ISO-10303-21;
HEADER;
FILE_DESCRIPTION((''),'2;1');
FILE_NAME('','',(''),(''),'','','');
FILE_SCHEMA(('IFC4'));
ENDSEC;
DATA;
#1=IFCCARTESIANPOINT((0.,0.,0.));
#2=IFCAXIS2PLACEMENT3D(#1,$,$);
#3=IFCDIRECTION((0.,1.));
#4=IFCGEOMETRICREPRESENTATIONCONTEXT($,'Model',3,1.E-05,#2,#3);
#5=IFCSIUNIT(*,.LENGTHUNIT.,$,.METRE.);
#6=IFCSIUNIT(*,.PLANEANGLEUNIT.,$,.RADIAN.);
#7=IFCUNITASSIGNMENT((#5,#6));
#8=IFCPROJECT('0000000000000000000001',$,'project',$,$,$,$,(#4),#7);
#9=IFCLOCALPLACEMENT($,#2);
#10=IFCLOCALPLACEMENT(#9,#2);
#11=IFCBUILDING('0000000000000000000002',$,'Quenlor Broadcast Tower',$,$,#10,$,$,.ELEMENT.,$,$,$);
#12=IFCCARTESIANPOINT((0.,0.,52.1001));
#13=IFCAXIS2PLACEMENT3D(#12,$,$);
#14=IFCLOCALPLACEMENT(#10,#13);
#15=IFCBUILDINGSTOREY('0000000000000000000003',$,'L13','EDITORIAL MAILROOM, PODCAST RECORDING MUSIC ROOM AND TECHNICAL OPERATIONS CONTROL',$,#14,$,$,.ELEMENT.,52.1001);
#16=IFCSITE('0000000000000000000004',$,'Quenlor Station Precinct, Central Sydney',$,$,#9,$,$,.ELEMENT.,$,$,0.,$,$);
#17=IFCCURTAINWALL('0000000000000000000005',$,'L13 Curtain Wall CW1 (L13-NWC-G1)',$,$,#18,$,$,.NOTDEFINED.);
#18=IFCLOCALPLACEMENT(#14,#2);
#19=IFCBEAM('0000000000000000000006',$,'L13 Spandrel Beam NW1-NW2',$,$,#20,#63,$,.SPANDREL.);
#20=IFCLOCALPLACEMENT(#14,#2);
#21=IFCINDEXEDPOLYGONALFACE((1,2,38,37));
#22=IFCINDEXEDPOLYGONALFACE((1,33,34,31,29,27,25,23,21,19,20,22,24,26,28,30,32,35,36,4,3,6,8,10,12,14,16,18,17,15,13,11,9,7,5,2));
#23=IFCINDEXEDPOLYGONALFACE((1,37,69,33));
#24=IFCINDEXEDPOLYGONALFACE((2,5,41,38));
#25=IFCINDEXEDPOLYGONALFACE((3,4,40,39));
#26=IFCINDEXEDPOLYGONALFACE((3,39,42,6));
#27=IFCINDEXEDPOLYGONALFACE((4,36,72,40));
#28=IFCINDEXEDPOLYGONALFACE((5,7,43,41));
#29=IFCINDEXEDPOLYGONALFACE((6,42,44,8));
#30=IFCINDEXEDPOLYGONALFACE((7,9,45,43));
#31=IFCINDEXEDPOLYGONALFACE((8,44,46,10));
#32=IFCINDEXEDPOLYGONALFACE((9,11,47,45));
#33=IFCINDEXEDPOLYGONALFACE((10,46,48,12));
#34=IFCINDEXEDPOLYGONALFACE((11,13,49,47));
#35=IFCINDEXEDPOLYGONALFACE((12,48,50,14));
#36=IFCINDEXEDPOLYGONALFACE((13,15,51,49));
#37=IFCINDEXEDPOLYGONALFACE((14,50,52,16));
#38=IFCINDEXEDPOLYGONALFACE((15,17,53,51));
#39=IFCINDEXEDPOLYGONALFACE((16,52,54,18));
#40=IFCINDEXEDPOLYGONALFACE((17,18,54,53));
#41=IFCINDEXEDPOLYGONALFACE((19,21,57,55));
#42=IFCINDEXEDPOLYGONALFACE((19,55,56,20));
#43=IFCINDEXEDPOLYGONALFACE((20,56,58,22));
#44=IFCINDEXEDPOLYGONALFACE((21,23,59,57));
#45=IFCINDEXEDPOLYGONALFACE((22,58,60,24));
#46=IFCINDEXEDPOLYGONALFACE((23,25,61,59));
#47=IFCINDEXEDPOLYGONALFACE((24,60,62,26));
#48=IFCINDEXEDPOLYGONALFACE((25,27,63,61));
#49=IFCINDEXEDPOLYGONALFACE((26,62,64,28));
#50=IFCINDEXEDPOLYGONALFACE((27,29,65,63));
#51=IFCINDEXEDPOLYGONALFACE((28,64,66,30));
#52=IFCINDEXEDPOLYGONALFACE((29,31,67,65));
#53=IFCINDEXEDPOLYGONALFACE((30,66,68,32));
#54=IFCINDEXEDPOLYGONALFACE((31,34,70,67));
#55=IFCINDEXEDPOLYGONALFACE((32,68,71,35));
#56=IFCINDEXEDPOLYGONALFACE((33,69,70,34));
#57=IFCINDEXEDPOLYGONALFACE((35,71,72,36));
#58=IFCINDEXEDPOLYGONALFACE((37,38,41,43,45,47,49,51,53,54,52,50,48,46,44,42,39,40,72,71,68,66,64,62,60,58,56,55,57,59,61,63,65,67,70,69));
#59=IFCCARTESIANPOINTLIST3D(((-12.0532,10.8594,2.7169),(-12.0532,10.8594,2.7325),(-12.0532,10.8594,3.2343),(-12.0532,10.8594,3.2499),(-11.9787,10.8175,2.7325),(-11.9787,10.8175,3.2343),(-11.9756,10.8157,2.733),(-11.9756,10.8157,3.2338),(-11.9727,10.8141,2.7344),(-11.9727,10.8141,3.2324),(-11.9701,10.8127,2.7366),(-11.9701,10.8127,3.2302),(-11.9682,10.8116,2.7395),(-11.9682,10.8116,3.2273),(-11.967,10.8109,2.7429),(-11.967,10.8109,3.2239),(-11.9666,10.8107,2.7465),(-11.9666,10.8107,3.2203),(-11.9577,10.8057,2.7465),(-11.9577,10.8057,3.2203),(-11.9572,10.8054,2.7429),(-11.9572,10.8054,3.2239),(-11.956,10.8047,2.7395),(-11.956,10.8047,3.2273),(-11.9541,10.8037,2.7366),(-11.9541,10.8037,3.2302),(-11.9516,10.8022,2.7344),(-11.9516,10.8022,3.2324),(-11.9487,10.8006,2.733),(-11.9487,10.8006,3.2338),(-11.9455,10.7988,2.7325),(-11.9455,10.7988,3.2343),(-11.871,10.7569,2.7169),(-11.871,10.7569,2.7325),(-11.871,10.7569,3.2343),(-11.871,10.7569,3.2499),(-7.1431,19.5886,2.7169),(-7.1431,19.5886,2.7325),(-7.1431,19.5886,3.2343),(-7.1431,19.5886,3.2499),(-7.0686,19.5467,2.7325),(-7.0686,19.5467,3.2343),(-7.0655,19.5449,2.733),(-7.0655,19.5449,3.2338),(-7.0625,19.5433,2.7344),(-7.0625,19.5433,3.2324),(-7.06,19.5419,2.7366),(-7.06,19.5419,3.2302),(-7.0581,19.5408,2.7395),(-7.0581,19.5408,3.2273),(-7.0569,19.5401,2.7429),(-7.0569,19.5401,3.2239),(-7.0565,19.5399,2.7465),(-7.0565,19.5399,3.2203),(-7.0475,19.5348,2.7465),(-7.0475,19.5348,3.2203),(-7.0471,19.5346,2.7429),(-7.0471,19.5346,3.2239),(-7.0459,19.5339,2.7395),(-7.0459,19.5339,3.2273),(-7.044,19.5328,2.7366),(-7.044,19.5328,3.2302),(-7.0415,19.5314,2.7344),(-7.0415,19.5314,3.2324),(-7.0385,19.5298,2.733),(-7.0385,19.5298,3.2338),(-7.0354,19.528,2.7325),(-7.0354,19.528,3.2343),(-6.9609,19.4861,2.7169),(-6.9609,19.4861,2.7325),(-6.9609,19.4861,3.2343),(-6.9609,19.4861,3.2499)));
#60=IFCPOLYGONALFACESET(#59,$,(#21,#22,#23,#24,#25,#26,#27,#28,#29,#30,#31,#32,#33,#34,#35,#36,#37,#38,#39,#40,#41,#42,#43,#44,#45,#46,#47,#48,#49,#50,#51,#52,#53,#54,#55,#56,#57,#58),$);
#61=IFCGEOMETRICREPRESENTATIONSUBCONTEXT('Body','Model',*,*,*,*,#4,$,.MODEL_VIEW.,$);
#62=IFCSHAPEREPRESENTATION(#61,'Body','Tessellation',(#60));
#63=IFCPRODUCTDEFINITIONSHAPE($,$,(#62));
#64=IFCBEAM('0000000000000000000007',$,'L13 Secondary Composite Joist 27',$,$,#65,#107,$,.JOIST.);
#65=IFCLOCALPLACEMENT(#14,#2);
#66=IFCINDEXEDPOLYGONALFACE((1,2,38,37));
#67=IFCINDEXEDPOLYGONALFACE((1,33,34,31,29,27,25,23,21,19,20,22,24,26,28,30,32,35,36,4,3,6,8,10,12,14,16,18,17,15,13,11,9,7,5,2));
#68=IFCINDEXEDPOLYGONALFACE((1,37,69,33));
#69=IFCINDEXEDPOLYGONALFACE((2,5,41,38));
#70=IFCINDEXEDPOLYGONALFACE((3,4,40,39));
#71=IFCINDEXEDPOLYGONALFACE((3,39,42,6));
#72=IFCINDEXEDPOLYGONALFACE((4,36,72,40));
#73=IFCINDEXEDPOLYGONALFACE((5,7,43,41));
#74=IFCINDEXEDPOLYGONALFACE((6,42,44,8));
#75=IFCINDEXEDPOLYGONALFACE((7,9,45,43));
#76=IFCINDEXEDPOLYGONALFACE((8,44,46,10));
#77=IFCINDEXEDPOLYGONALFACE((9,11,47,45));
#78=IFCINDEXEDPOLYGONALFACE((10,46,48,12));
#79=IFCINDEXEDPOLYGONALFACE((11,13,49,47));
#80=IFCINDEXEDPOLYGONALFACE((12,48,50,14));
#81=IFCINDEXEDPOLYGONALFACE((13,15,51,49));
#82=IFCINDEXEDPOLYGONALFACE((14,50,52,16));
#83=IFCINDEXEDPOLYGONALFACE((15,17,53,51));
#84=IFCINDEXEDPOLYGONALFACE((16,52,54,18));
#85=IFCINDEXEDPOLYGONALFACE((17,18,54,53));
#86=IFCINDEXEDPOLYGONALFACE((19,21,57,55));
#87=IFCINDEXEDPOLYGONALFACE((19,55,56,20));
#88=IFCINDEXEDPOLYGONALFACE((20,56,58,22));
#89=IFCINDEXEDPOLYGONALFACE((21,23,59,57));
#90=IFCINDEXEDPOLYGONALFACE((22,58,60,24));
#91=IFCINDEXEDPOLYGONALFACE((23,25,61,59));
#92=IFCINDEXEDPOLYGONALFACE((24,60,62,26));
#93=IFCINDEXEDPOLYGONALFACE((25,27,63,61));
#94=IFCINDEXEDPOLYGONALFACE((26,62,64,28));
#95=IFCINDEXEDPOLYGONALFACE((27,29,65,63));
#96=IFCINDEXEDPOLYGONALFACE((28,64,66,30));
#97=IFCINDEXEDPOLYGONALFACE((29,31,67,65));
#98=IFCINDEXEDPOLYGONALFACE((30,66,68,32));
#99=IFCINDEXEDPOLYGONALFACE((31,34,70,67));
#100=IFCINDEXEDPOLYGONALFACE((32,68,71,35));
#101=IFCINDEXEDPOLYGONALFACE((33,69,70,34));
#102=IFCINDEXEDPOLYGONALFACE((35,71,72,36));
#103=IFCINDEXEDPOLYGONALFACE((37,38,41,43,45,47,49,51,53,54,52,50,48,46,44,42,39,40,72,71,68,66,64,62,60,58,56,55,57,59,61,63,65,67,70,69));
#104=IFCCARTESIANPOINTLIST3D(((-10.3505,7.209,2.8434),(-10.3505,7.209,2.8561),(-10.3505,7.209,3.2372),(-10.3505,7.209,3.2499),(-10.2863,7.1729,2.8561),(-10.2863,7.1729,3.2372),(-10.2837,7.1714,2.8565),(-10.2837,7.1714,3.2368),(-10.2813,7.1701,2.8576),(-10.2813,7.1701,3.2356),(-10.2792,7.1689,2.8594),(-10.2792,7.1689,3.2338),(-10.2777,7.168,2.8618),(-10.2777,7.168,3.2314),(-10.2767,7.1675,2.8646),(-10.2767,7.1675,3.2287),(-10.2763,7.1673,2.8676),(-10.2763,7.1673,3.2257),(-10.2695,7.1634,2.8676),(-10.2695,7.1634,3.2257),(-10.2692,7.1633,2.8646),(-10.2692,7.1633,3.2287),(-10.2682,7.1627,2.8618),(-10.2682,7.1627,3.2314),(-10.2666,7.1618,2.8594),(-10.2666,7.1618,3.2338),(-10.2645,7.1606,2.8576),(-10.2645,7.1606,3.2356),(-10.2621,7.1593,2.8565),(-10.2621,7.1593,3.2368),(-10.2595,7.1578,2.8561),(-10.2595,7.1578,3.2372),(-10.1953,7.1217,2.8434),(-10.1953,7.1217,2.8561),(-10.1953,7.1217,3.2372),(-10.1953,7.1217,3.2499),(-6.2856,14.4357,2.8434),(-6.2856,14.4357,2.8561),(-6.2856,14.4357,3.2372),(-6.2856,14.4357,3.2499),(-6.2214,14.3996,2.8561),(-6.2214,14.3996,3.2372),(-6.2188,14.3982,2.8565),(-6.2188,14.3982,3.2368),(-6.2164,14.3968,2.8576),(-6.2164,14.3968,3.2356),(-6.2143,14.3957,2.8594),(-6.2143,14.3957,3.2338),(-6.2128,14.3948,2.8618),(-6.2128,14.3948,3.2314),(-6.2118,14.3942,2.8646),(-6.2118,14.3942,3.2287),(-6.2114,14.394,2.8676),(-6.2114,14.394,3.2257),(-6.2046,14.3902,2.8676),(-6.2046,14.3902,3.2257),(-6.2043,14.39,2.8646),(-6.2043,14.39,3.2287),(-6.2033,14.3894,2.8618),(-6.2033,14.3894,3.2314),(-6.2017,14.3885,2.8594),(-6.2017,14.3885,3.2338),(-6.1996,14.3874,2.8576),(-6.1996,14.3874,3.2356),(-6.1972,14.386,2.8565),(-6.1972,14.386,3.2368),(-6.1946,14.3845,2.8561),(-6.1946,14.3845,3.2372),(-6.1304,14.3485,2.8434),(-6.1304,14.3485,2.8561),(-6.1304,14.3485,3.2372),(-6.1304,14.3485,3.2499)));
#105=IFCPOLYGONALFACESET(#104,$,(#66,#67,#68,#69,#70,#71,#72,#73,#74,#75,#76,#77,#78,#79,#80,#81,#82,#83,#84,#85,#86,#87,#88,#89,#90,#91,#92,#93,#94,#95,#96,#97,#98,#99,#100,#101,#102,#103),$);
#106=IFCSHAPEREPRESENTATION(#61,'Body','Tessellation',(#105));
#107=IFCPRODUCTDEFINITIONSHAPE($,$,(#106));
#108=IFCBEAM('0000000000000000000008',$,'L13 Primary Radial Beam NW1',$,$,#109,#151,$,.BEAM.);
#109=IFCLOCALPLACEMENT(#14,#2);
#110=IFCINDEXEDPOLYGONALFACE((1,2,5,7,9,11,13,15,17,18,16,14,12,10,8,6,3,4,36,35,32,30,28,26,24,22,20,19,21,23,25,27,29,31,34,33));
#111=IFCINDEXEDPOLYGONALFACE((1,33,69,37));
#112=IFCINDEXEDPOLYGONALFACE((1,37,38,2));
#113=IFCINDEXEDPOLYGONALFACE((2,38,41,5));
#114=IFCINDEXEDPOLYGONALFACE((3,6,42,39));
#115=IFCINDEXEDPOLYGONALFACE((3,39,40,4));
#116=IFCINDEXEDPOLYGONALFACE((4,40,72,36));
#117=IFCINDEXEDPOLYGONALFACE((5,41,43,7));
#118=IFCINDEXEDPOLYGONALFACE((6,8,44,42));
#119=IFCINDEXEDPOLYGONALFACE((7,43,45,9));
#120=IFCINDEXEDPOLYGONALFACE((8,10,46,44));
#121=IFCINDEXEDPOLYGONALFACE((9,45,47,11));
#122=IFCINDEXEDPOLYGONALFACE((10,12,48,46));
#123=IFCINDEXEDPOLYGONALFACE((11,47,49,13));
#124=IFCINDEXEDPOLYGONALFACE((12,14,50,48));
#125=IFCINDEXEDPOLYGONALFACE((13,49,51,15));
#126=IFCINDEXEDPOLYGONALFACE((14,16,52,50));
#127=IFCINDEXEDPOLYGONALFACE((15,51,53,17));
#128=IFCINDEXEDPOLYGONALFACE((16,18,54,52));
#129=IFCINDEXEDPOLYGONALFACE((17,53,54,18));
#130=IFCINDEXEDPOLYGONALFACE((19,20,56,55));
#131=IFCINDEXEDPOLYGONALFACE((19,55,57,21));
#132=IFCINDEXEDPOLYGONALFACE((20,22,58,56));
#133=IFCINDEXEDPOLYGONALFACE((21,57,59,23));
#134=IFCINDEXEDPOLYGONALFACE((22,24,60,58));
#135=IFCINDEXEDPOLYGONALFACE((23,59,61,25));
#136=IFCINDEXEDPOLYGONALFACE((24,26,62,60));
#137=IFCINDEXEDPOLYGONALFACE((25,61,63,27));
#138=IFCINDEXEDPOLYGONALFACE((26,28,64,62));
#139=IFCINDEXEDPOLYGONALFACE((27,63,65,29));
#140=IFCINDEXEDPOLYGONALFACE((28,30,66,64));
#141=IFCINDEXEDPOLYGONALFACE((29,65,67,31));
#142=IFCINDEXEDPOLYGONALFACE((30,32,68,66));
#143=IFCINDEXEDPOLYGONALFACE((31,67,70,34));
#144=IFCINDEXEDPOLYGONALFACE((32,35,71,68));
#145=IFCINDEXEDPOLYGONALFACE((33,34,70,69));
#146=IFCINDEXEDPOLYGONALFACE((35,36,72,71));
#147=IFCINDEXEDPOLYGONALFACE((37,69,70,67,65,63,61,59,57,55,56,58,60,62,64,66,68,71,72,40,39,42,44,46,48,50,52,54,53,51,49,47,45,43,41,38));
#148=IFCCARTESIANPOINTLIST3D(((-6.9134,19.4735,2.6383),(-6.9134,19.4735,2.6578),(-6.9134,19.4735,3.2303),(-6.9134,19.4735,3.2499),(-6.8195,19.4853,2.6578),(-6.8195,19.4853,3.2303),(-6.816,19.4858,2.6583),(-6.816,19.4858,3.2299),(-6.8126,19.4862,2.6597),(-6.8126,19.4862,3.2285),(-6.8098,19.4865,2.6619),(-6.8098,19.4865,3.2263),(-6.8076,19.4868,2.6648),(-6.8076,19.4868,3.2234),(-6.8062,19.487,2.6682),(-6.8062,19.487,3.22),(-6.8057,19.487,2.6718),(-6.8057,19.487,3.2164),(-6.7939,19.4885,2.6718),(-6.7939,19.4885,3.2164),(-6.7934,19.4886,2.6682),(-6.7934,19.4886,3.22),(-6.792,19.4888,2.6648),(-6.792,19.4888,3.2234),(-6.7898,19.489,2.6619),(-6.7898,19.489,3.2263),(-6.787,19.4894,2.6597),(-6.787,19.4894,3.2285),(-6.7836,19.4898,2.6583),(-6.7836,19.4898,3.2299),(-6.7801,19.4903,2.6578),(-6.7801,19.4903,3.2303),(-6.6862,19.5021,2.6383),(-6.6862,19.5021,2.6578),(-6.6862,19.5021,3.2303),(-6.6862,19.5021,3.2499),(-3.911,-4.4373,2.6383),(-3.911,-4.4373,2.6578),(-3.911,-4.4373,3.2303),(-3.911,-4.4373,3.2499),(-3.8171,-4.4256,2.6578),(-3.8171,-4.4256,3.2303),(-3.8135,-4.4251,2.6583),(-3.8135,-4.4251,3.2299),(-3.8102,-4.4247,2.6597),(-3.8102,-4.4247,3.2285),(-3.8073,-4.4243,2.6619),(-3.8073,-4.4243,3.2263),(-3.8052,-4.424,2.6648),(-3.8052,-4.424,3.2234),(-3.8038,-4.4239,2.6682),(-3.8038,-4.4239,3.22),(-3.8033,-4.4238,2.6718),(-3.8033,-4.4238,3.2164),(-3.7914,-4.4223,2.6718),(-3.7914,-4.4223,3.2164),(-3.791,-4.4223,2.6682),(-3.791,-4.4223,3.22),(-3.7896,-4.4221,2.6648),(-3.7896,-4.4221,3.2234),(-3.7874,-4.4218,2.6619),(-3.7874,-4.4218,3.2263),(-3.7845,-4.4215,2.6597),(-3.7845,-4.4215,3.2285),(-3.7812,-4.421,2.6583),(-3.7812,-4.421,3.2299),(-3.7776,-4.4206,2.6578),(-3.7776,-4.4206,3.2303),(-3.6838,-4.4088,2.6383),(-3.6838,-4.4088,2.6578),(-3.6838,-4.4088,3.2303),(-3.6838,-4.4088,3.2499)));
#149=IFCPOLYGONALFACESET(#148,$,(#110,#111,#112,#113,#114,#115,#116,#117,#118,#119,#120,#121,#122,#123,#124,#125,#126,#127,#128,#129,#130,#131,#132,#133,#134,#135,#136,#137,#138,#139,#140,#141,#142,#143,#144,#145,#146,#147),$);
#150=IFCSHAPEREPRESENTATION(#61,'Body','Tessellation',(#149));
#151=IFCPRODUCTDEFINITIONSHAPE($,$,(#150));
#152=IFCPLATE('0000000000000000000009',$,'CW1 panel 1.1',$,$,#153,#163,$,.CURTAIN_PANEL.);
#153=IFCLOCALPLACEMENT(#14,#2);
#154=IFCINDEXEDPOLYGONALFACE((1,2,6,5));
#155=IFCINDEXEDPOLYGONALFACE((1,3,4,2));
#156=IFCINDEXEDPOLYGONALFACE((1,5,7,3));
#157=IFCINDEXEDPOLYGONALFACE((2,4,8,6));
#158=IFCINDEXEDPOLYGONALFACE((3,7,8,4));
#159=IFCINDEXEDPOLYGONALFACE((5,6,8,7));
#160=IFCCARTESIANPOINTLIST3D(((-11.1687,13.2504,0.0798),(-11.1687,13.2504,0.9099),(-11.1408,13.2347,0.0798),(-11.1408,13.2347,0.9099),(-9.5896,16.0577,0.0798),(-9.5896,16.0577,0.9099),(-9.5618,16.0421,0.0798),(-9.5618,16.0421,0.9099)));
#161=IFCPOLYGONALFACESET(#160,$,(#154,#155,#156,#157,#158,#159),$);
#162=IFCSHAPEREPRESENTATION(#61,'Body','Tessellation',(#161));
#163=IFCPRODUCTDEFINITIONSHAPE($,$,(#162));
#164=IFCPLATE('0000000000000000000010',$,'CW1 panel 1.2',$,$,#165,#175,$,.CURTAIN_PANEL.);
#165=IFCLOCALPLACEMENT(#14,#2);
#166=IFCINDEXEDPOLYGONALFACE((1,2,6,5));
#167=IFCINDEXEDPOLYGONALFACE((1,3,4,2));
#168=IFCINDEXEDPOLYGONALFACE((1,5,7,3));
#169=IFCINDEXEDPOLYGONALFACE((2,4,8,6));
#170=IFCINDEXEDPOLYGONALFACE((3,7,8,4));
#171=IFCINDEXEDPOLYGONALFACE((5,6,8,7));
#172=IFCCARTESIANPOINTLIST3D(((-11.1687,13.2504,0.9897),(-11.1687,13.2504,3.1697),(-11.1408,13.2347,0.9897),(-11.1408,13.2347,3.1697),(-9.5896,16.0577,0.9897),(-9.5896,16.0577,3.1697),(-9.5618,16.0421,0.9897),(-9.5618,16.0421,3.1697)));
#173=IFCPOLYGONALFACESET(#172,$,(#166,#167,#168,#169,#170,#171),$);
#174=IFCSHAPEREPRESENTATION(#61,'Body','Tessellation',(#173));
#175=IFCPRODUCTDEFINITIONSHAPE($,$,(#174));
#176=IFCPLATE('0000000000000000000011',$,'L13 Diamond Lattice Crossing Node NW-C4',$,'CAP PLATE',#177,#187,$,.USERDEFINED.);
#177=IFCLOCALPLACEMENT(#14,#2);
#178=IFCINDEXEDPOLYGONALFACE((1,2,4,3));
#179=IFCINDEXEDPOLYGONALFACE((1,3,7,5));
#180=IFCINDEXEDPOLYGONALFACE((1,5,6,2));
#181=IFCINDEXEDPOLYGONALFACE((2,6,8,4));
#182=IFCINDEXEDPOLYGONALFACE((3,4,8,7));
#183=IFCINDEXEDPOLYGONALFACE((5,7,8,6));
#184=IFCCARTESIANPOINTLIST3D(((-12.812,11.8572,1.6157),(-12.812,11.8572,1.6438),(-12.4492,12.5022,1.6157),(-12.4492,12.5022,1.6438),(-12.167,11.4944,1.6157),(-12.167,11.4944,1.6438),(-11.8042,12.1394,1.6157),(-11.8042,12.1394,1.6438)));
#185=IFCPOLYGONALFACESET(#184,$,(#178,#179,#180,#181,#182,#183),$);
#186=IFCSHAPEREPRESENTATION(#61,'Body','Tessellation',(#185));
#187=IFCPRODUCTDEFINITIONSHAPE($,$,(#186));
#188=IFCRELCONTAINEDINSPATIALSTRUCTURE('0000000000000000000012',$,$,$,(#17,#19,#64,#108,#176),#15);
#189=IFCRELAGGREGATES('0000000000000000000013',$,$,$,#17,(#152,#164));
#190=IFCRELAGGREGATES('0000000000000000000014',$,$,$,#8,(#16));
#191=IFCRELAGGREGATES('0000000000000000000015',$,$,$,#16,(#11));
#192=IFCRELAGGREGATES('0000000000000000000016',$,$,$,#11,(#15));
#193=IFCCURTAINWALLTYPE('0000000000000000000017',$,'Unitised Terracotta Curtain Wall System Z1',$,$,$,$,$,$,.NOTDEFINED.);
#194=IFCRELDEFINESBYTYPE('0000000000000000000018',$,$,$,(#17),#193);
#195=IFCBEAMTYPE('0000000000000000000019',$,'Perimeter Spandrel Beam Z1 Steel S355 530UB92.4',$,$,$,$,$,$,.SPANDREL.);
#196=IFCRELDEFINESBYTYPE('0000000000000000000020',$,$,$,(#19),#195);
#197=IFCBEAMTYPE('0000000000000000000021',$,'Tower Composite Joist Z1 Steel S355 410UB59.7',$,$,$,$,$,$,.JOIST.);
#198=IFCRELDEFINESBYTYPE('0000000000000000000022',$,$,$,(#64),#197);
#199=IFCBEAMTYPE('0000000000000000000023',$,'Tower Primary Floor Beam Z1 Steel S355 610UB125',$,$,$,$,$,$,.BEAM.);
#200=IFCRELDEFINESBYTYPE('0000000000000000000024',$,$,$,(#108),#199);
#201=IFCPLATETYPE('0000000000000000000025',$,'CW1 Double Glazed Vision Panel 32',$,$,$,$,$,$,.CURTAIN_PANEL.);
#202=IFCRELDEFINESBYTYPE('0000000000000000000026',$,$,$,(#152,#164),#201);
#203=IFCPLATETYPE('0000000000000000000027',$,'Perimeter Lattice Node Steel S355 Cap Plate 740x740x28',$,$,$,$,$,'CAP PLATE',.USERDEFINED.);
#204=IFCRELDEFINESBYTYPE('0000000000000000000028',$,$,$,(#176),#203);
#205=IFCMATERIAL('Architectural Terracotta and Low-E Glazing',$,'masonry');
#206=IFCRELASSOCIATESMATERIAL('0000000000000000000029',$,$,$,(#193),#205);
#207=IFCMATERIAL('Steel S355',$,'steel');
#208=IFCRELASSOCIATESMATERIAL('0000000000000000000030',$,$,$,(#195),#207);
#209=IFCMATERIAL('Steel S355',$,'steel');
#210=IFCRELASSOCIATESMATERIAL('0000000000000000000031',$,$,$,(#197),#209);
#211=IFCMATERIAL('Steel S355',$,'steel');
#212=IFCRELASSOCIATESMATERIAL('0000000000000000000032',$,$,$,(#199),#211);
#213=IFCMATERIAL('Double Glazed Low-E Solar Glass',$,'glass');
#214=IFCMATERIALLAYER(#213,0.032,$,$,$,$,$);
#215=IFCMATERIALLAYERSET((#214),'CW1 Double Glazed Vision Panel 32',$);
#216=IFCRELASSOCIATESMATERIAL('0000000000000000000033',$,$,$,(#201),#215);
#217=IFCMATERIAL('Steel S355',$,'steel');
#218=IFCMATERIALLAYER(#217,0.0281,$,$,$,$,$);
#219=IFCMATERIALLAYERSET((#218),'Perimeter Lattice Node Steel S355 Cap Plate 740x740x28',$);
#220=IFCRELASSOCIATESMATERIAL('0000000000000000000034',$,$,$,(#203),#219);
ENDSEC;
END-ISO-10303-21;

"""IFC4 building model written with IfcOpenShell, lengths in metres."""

from ifc_helpers import new_model, si_unit, direction, frame, origin, origin_2d, place, context, subcontext, project, spatial, rectangle, i_section, extrude, material, layer, layer_set, material_profile, profile_set, type_object, element, aggregate, save


model = new_model("IFC4")

# Units and contexts
model_context = context("Model", 3, precision=1e-05, world=origin(), true_north=direction((0.0, 1.0)))
body_context = subcontext(model_context, "Body", "Model", "MODEL_VIEW")
ifc_project = project(units=[si_unit("LENGTHUNIT", "METRE"), si_unit("PLANEANGLEUNIT", "RADIAN")], contexts=[model_context])

# Site, building, storey
site_placement = place(None, origin())
site = spatial("IfcSite", under=ifc_project, at=site_placement, Name="Quenlor Station Precinct, Central Sydney", CompositionType="ELEMENT", RefElevation=0.0)
building_placement = place(site_placement, origin())
building = spatial("IfcBuilding", under=site, at=building_placement, Name="Quenlor Broadcast Tower", CompositionType="ELEMENT")
storey_placement = place(building_placement, frame((0.0, 0.0, 52.1001)))
storey = spatial("IfcBuildingStorey", under=building, at=storey_placement, Name="L13", Description="EDITORIAL MAILROOM, PODCAST RECORDING MUSIC ROOM AND TECHNICAL OPERATIONS CONTROL", CompositionType="ELEMENT", Elevation=52.1001)

# Curtain wall
ifc_material_1 = material(Name="Architectural Terracotta and Low-E Glazing", Category="masonry")
curtain_wall_type = type_object("IfcCurtainWallType", Name="Unitised Terracotta Curtain Wall System Z1", PredefinedType="NOTDEFINED", material=ifc_material_1)
curtain_wall_placement = place(storey_placement, origin())
curtain_wall = element("IfcCurtainWall", 1, at=curtain_wall_placement, inside=storey, type_object=curtain_wall_type, Name="L13 Curtain Wall CW1 (L13-NWC-G1)", PredefinedType="NOTDEFINED")

# Beams
ifc_material_2 = material(Name="Steel S355", Category="steel")
ifc_material_profile_1 = material_profile(ifc_material_2, i_section(OverallWidth=0.209, OverallDepth=0.533, WebThickness=0.0103, FlangeThickness=0.0156, FilletRadius=0.0139, at=origin_2d()))
ifc_profile_set_1 = profile_set([ifc_material_profile_1], Name="Steel S355 530UB92.4")
beam_type_1 = type_object("IfcBeamType", Name="Perimeter Spandrel Beam Z1 Steel S355 530UB92.4", PredefinedType="SPANDREL", material=ifc_profile_set_1)
beam_1_placement = place(storey_placement, frame((-7.052, 19.5374, 2.9834), z_axis=(-0.490258, -0.871577, 0.0), x_axis=(0.871577, -0.490258, 0.0)))
element("IfcBeam", 2, at=beam_1_placement, inside=storey, type_object=beam_type_1, Name="L13 Spandrel Beam NW1-NW2", PredefinedType="SPANDREL", context=body_context, shape_type="SweptSolid", body=[
    extrude(i_section(OverallWidth=0.209, OverallDepth=0.533, WebThickness=0.0103, FlangeThickness=0.0156, FilletRadius=0.0139, at=origin_2d()), origin(), (0.0, 0.0, 1.0), 10.0154),
])
ifc_material_3 = material(Name="Steel S355", Category="steel")
ifc_material_profile_2 = material_profile(ifc_material_3, i_section(OverallWidth=0.178, OverallDepth=0.4065, WebThickness=0.0078, FlangeThickness=0.0127, FilletRadius=0.0115, at=origin_2d()))
ifc_profile_set_2 = profile_set([ifc_material_profile_2], Name="Steel S355 410UB59.7")
beam_type_2 = type_object("IfcBeamType", Name="Tower Composite Joist Z1 Steel S355 410UB59.7", PredefinedType="JOIST", material=ifc_profile_set_2)
beam_2_placement = place(storey_placement, frame((-6.208, 14.3921, 3.0466), z_axis=(-0.490249, -0.871583, 0.0), x_axis=(0.871583, -0.490249, 0.0)))
element("IfcBeam", 3, at=beam_2_placement, inside=storey, type_object=beam_type_2, Name="L13 Secondary Composite Joist 27", PredefinedType="JOIST", context=body_context, shape_type="SweptSolid", body=[
    extrude(i_section(OverallWidth=0.178, OverallDepth=0.4065, WebThickness=0.0078, FlangeThickness=0.0127, FilletRadius=0.0115, at=origin_2d()), origin(), (0.0, 0.0, 1.0), 8.2915),
])
ifc_material_4 = material(Name="Steel S355", Category="steel")
ifc_material_profile_3 = material_profile(ifc_material_4, i_section(OverallWidth=0.229, OverallDepth=0.6116, WebThickness=0.012, FlangeThickness=0.0195, FilletRadius=0.0139, at=origin_2d()))
ifc_profile_set_3 = profile_set([ifc_material_profile_3], Name="Steel S355 610UB125")
beam_type_3 = type_object("IfcBeamType", Name="Tower Primary Floor Beam Z1 Steel S355 610UB125", PredefinedType="BEAM", material=ifc_profile_set_3)
beam_3_placement = place(storey_placement, frame((-6.7998, 19.4878, 2.9441), z_axis=(0.12459, -0.992208, 0.0), x_axis=(0.992208, 0.12459, 0.0)))
element("IfcBeam", 4, at=beam_3_placement, inside=storey, type_object=beam_type_3, Name="L13 Primary Radial Beam NW1", PredefinedType="BEAM", context=body_context, shape_type="SweptSolid", body=[
    extrude(i_section(OverallWidth=0.229, OverallDepth=0.6116, WebThickness=0.012, FlangeThickness=0.0195, FilletRadius=0.0139, at=origin_2d()), origin(), (0.0, 0.0, 1.0), 24.0986),
])

# Plates
ifc_material_5 = material(Name="Double Glazed Low-E Solar Glass", Category="glass")
ifc_layer_1 = layer(ifc_material_5, 0.032)
ifc_layer_set_1 = layer_set([ifc_layer_1], Name="CW1 Double Glazed Vision Panel 32")
plate_type_1 = type_object("IfcPlateType", Name="CW1 Double Glazed Vision Panel 32", PredefinedType="CURTAIN_PANEL", material=ifc_layer_set_1)
plate_1_placement = place(storey_placement, frame((-10.3652, 14.6462, 0.0798), z_axis=(0.0, 0.0, 1.0), x_axis=(0.490244, 0.871585, 0.0)))
plate_1 = element("IfcPlate", 5, at=plate_1_placement, type_object=plate_type_1, Name="CW1 panel 1.1", PredefinedType="CURTAIN_PANEL", context=body_context, shape_type="SweptSolid", body=[
    extrude(rectangle(XDim=3.2209, YDim=0.032, at=origin_2d()), origin(), (0.0, 0.0, 1.0), 0.8301),
])
plate_2_placement = place(storey_placement, frame((-10.3652, 14.6462, 0.9897), z_axis=(0.0, 0.0, 1.0), x_axis=(0.490244, 0.871585, 0.0)))
plate_2 = element("IfcPlate", 6, at=plate_2_placement, type_object=plate_type_1, Name="CW1 panel 1.2", PredefinedType="CURTAIN_PANEL", context=body_context, shape_type="SweptSolid", body=[
    extrude(rectangle(XDim=3.2209, YDim=0.032, at=origin_2d()), origin(), (0.0, 0.0, 1.0), 2.1799),
])
aggregate(curtain_wall, [plate_1, plate_2])

# Plate
ifc_material_6 = material(Name="Steel S355", Category="steel")
ifc_layer_2 = layer(ifc_material_6, 0.0281)
ifc_layer_set_2 = layer_set([ifc_layer_2], Name="Perimeter Lattice Node Steel S355 Cap Plate 740x740x28")
plate_type_2 = type_object("IfcPlateType", Name="Perimeter Lattice Node Steel S355 Cap Plate 740x740x28", ElementType="CAP PLATE", PredefinedType="USERDEFINED", material=ifc_layer_set_2)
for number, where, z_axis, x_axis, name in (
    (7, (-12.3081, 11.9983, 1.6157), (0.0, 0.0, 1.0), (0.490295, 0.871556, 0.0), "L13 Diamond Lattice Crossing Node NW-C4"),
):
    element("IfcPlate", number, at=place(storey_placement, frame(where, z_axis=z_axis, x_axis=x_axis)), inside=storey, type_object=plate_type_2, Name=name, ObjectType="CAP PLATE", PredefinedType="USERDEFINED", context=body_context, shape_type="SweptSolid", body=[
        extrude(rectangle(XDim=0.74, YDim=0.74, at=origin_2d()), origin(), (0.0, 0.0, 1.0), 0.0281),
    ])

save(model, "model.ifc")
